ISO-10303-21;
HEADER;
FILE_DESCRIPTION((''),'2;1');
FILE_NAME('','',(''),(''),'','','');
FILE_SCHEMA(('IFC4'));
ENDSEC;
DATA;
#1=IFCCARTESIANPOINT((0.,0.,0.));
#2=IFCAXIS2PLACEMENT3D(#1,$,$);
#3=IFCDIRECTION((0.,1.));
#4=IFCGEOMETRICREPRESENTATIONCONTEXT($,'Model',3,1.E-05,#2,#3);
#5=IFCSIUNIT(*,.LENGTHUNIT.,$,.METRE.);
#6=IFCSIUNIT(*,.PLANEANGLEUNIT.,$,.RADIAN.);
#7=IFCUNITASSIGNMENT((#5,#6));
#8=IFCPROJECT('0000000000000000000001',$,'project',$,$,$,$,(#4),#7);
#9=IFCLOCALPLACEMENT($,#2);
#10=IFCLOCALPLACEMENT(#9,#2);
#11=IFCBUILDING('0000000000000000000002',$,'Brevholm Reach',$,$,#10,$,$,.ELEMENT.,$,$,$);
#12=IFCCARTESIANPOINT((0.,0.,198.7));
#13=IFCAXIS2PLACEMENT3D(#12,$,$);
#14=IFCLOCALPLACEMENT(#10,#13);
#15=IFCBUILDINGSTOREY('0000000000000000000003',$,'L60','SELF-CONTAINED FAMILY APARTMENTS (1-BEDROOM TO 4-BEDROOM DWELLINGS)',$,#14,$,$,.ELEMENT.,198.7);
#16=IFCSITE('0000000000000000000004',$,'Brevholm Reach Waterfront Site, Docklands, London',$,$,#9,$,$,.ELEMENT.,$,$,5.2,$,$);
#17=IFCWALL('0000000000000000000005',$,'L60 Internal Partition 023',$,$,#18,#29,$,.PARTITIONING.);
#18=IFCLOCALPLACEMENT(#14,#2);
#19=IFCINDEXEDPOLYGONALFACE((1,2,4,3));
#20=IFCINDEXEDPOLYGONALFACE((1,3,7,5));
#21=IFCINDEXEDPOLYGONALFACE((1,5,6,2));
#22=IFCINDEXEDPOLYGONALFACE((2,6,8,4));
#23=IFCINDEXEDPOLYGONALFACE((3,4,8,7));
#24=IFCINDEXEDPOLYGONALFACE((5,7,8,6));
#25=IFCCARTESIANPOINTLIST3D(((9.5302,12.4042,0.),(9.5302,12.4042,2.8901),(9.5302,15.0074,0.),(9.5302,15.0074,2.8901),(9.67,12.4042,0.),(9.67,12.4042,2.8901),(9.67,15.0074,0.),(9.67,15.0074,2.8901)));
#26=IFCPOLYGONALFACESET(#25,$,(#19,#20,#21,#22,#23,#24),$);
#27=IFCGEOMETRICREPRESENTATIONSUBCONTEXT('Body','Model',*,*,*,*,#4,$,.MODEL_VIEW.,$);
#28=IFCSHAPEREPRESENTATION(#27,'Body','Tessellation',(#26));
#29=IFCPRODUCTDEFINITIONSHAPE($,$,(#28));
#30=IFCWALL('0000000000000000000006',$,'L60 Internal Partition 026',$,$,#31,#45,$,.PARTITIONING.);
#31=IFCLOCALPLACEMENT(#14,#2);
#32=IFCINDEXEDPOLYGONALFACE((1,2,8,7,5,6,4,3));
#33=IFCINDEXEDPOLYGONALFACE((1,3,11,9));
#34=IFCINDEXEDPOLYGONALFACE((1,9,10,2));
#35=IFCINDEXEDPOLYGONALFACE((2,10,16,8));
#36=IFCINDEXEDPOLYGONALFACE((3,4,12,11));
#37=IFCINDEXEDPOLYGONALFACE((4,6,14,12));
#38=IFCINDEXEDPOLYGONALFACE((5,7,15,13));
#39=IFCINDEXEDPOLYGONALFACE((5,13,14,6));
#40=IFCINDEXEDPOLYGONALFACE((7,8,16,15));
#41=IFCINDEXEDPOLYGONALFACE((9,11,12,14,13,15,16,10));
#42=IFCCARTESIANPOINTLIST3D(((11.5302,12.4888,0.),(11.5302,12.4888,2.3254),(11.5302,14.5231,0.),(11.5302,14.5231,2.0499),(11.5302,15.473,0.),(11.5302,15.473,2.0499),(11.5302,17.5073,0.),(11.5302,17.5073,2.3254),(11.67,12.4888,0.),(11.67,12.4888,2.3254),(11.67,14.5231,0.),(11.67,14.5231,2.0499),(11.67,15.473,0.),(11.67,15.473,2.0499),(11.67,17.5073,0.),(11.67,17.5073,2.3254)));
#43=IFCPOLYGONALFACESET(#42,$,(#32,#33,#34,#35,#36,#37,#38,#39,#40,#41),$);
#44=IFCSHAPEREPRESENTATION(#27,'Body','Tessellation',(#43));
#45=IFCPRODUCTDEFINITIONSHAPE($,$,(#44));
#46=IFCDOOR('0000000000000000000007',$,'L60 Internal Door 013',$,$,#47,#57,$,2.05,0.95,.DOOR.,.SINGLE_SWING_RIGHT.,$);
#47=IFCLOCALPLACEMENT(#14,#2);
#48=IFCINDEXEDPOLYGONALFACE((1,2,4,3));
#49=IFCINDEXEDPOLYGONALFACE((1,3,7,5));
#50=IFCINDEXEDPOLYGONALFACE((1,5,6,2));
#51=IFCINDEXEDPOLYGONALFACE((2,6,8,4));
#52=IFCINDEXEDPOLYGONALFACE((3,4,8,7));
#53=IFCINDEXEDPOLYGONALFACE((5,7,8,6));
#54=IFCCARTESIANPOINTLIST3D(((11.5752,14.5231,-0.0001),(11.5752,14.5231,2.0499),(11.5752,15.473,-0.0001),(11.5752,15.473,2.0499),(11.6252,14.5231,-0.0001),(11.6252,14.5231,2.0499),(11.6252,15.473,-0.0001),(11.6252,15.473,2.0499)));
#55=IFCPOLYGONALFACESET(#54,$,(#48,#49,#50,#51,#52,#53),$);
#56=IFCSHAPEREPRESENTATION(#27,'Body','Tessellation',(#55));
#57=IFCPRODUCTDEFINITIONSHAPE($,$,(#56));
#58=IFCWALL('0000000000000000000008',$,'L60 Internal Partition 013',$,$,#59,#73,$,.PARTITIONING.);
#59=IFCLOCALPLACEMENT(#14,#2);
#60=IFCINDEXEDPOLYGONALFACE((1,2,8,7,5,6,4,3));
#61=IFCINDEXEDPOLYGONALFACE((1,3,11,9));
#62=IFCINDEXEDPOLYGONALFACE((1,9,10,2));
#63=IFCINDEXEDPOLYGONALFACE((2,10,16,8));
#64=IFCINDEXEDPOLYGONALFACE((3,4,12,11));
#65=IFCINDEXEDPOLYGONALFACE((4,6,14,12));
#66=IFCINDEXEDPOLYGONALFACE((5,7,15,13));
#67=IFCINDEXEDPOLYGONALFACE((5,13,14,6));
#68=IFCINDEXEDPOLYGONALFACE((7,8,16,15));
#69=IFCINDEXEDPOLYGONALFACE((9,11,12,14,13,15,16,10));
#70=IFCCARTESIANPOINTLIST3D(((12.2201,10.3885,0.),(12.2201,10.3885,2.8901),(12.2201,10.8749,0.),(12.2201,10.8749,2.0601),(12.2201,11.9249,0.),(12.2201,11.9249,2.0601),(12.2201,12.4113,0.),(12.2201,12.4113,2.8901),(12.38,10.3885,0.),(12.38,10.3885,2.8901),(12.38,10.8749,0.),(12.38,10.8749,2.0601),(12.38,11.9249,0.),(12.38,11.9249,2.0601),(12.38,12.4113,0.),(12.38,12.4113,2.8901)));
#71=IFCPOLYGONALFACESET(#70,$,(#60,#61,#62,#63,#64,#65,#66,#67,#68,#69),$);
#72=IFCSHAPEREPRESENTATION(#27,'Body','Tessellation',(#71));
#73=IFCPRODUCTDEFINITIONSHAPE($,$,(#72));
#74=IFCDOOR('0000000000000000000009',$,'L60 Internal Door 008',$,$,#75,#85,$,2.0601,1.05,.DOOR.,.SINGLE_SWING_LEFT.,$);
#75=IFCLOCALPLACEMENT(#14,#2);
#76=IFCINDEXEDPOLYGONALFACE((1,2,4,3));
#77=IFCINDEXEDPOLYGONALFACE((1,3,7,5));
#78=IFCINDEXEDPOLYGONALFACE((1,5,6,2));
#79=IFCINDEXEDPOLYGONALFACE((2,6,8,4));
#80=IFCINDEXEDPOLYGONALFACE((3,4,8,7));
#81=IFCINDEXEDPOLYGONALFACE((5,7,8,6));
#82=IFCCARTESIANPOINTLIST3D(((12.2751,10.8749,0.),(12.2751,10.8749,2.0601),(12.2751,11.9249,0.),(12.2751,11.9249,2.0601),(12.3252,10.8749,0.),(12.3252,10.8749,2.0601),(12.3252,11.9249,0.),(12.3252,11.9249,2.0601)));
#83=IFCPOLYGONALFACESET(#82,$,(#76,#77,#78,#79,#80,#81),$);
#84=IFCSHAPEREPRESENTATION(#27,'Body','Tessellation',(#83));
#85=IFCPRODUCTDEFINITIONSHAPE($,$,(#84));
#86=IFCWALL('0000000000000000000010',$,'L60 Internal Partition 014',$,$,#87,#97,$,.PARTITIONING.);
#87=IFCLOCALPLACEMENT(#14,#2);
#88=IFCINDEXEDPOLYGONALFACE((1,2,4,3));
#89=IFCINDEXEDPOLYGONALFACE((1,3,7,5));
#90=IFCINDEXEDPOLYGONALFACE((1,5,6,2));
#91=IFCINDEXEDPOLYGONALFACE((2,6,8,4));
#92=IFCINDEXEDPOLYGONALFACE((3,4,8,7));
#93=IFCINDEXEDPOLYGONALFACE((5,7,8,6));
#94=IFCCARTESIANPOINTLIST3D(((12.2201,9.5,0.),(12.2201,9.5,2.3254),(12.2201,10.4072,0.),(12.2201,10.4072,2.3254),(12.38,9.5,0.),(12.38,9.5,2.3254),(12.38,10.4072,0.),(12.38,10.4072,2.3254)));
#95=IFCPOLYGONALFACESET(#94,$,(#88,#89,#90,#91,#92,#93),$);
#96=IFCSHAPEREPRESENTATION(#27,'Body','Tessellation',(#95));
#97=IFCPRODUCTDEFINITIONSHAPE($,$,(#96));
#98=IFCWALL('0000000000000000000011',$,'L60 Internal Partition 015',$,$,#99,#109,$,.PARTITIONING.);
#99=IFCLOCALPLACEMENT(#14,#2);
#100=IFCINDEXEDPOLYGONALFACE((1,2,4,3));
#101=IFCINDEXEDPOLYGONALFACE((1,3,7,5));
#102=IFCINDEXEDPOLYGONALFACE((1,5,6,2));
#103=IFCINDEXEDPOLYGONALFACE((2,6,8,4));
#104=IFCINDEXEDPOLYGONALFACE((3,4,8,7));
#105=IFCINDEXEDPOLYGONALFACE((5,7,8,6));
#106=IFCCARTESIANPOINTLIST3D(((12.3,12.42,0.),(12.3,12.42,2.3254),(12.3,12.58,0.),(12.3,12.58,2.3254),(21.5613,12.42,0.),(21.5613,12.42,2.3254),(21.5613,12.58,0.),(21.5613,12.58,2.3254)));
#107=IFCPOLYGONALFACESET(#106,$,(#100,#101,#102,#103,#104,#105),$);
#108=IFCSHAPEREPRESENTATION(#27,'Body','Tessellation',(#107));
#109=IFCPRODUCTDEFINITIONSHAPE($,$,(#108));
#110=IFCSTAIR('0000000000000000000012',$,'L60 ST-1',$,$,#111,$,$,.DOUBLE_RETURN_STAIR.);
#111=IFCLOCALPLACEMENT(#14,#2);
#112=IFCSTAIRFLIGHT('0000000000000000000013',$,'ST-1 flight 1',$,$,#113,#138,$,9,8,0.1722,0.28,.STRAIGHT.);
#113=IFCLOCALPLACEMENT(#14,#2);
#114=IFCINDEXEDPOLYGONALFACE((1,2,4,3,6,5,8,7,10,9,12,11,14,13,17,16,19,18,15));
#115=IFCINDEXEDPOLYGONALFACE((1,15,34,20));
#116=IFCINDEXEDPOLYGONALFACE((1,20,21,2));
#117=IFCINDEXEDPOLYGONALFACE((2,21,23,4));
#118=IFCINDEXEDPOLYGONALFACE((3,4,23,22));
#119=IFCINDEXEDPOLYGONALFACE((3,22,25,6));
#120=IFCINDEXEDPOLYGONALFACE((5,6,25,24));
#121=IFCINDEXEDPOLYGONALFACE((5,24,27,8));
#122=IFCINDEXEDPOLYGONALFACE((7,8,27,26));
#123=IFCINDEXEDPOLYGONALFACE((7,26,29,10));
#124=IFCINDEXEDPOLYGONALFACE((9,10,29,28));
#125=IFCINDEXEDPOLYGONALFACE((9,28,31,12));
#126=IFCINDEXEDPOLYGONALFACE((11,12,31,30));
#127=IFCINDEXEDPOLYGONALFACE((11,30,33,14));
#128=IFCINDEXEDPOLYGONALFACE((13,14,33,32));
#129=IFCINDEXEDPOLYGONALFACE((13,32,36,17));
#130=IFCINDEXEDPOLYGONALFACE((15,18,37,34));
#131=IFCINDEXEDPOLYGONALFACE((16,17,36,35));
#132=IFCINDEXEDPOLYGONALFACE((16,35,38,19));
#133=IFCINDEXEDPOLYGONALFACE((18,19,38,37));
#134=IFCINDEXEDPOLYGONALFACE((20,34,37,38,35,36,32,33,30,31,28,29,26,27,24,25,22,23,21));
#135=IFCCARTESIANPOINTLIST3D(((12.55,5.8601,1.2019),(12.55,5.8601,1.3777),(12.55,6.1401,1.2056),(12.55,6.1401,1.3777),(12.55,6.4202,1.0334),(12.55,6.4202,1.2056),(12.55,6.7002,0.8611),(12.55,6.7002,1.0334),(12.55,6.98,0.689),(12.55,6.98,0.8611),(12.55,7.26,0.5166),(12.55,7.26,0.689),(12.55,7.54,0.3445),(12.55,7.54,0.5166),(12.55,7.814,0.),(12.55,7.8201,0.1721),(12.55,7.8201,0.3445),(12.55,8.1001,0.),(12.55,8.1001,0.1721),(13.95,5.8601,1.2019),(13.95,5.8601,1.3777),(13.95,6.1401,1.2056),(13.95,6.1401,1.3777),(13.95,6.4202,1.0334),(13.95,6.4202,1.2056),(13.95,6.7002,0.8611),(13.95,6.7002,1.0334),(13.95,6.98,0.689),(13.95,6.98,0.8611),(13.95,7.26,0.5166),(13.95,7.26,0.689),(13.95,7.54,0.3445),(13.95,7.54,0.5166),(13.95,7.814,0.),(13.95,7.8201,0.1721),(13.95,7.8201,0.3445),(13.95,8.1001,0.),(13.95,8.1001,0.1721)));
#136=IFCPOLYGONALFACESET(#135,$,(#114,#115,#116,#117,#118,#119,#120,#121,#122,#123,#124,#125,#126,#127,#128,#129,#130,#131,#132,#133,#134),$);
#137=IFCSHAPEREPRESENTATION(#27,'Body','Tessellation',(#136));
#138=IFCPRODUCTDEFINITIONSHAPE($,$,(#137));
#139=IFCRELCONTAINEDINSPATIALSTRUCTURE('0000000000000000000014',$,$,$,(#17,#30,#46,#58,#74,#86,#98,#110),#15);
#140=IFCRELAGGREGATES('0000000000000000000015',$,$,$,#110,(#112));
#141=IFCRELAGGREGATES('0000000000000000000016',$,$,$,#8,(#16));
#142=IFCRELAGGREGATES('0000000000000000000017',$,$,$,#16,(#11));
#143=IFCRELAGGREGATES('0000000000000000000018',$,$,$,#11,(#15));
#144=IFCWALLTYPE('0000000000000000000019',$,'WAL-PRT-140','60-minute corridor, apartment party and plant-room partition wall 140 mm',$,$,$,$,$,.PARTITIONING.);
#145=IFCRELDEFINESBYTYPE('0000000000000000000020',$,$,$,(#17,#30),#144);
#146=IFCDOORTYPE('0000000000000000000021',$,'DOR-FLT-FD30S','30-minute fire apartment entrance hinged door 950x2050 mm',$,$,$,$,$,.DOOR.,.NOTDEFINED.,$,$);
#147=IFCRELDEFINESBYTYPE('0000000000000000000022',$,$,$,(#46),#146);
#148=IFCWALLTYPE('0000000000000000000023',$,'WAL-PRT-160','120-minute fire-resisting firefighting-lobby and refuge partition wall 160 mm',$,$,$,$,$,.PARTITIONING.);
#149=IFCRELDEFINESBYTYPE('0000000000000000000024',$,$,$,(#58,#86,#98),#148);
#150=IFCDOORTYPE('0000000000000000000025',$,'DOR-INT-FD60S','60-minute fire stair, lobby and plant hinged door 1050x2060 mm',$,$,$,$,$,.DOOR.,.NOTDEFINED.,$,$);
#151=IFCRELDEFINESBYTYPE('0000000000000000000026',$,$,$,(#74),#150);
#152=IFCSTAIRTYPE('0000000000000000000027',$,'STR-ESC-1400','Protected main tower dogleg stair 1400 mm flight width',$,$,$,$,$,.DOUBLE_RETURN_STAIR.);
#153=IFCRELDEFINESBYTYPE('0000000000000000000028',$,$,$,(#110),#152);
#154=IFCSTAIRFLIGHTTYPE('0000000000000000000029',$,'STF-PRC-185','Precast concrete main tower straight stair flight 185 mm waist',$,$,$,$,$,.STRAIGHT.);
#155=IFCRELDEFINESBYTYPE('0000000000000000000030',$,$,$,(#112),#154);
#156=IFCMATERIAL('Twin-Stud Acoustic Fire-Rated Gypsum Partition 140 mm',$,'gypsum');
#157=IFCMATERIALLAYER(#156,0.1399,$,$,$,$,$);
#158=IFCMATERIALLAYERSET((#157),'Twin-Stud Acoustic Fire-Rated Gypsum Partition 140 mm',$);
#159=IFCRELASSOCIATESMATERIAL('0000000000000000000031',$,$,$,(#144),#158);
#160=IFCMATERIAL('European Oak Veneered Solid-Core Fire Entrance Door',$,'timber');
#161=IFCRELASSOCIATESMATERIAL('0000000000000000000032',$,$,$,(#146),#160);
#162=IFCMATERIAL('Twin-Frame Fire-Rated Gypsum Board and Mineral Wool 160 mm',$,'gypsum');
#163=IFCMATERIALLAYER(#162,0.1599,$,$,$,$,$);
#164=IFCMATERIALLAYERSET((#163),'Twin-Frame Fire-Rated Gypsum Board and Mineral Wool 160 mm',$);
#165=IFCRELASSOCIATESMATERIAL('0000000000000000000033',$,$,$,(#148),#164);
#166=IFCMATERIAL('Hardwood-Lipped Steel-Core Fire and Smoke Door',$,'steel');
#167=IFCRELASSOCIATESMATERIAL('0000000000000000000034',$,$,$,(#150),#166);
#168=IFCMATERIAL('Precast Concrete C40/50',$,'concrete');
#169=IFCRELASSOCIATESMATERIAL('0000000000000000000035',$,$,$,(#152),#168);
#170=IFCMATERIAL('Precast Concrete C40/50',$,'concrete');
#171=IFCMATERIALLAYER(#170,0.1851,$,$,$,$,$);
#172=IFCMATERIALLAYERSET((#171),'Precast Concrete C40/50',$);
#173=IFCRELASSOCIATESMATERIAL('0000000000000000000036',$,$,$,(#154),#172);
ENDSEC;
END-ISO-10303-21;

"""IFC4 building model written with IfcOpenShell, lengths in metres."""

from ifc_helpers import new_model, si_unit, direction, frame, frame_2d, origin, place, context, subcontext, project, spatial, polyline, rectangle, outline, extrude, material, layer, layer_set, type_object, element, fill, aggregate, save


model = new_model("IFC4")

# Units and contexts
model_context = context("Model", 3, precision=1e-05, world=origin(), true_north=direction((0.0, 1.0)))
body_context = subcontext(model_context, "Body", "Model", "MODEL_VIEW")
ifc_project = project(units=[si_unit("LENGTHUNIT", "METRE"), si_unit("PLANEANGLEUNIT", "RADIAN")], contexts=[model_context])

# Site, building, storey
site_placement = place(None, origin())
site = spatial("IfcSite", under=ifc_project, at=site_placement, Name="Brevholm Reach Waterfront Site, Docklands, London", CompositionType="ELEMENT", RefElevation=5.2)
building_placement = place(site_placement, origin())
building = spatial("IfcBuilding", under=site, at=building_placement, Name="Brevholm Reach", CompositionType="ELEMENT")
storey_placement = place(building_placement, frame((0.0, 0.0, 198.7)))
storey = spatial("IfcBuildingStorey", under=building, at=storey_placement, Name="L60", Description="SELF-CONTAINED FAMILY APARTMENTS (1-BEDROOM TO 4-BEDROOM DWELLINGS)", CompositionType="ELEMENT", Elevation=198.7)

# Shared definitions
ifc_material_1 = material(Name="Twin-Stud Acoustic Fire-Rated Gypsum Partition 140 mm", Category="gypsum")
ifc_layer_1 = layer(ifc_material_1, 0.1399)
ifc_layer_set_1 = layer_set([ifc_layer_1], Name="Twin-Stud Acoustic Fire-Rated Gypsum Partition 140 mm")
wall_type_1 = type_object("IfcWallType", Name="WAL-PRT-140", Description="60-minute corridor, apartment party and plant-room partition wall 140 mm", PredefinedType="PARTITIONING", material=ifc_layer_set_1)
ifc_material_2 = material(Name="European Oak Veneered Solid-Core Fire Entrance Door", Category="timber")
door_type_1 = type_object("IfcDoorType", Name="DOR-FLT-FD30S", Description="30-minute fire apartment entrance hinged door 950x2050 mm", OperationType="NOTDEFINED", PredefinedType="DOOR", material=ifc_material_2)

# Wall
wall_1_placement = place(storey_placement, frame((9.6001, 12.4041, 0.0), z_axis=(0.0, 0.0, 1.0), x_axis=(0.0, 1.0, 0.0)))
element("IfcWall", 1, at=wall_1_placement, inside=storey, type_object=wall_type_1, Name="L60 Internal Partition 023", PredefinedType="PARTITIONING", context=body_context, shape_type="SweptSolid", body=[
    extrude(rectangle(XDim=2.6033, YDim=0.1399, at=frame_2d((1.3018, 0.0))), origin(), (0.0, 0.0, 1.0), 2.8901),
])

# Walls, openings, doors
wall_2_placement = place(storey_placement, frame((11.6001, 12.4888, 0.0), z_axis=(0.0, 0.0, 1.0), x_axis=(0.0, 1.0, 0.0)))
wall_2 = element("IfcWall", 2, at=wall_2_placement, inside=storey, type_object=wall_type_1, Name="L60 Internal Partition 026", PredefinedType="PARTITIONING", context=body_context, shape_type="SweptSolid", body=[
    extrude(rectangle(XDim=5.0186, YDim=0.1399, at=frame_2d((2.5093, 0.0))), origin(), (0.0, 0.0, 1.0), 2.3254),
])
opening_1_placement = place(wall_2_placement, frame((2.0342, 0.0, 0.0)))
opening_1 = element("IfcOpeningElement", 3, at=opening_1_placement, cuts=wall_2, PredefinedType="OPENING", context=body_context, shape_type="SweptSolid", body=[
    extrude(rectangle(XDim=0.95, YDim=2.05, at=frame_2d((0.4751, 1.0249))), frame((0.0, 0.0798, 0.0), z_axis=(0.0, -1.0, 0.0), x_axis=(1.0, 0.0, 0.0)), (0.0, 0.0, 1.0), 0.1599),
])
door_1_placement = place(opening_1_placement, origin())
door_1 = element("IfcDoor", 4, at=door_1_placement, inside=storey, type_object=door_type_1, Name="L60 Internal Door 013", OperationType="SINGLE_SWING_RIGHT", OverallHeight=2.05, OverallWidth=0.95, PredefinedType="DOOR", context=body_context, shape_type="SweptSolid", body=[
    extrude(rectangle(XDim=0.95, YDim=2.05, at=frame_2d((0.4751, 1.0249))), frame((0.0, 0.0249, 0.0), z_axis=(0.0, -1.0, 0.0), x_axis=(1.0, 0.0, 0.0)), (0.0, 0.0, 1.0), 0.05),
])
fill(opening_1, door_1)
ifc_material_3 = material(Name="Twin-Frame Fire-Rated Gypsum Board and Mineral Wool 160 mm", Category="gypsum")
ifc_layer_2 = layer(ifc_material_3, 0.1599)
ifc_layer_set_2 = layer_set([ifc_layer_2], Name="Twin-Frame Fire-Rated Gypsum Board and Mineral Wool 160 mm")
wall_type_2 = type_object("IfcWallType", Name="WAL-PRT-160", Description="120-minute fire-resisting firefighting-lobby and refuge partition wall 160 mm", PredefinedType="PARTITIONING", material=ifc_layer_set_2)
wall_3_placement = place(storey_placement, frame((12.3, 10.3887, 0.0), z_axis=(0.0, 0.0, 1.0), x_axis=(0.0, 1.0, 0.0)))
wall_3 = element("IfcWall", 5, at=wall_3_placement, inside=storey, type_object=wall_type_2, Name="L60 Internal Partition 013", PredefinedType="PARTITIONING", context=body_context, shape_type="SweptSolid", body=[
    extrude(rectangle(XDim=2.0227, YDim=0.1599, at=frame_2d((1.0112, 0.0))), origin(), (0.0, 0.0, 1.0), 2.8901),
])
opening_2_placement = place(wall_3_placement, frame((0.4863, 0.0, 0.0)))
opening_2 = element("IfcOpeningElement", 6, at=opening_2_placement, cuts=wall_3, PredefinedType="OPENING", context=body_context, shape_type="SweptSolid", body=[
    extrude(rectangle(XDim=1.05, YDim=2.0601, at=frame_2d((0.5249, 1.03))), frame((0.0, 0.0898, 0.0), z_axis=(0.0, -1.0, 0.0), x_axis=(1.0, 0.0, 0.0)), (0.0, 0.0, 1.0), 0.1799),
])
ifc_material_4 = material(Name="Hardwood-Lipped Steel-Core Fire and Smoke Door", Category="steel")
door_type_2 = type_object("IfcDoorType", Name="DOR-INT-FD60S", Description="60-minute fire stair, lobby and plant hinged door 1050x2060 mm", OperationType="NOTDEFINED", PredefinedType="DOOR", material=ifc_material_4)
door_2_placement = place(opening_2_placement, origin())
door_2 = element("IfcDoor", 7, at=door_2_placement, inside=storey, type_object=door_type_2, Name="L60 Internal Door 008", OperationType="SINGLE_SWING_LEFT", OverallHeight=2.0601, OverallWidth=1.05, PredefinedType="DOOR", context=body_context, shape_type="SweptSolid", body=[
    extrude(rectangle(XDim=1.05, YDim=2.0601, at=frame_2d((0.5249, 1.03))), frame((0.0, 0.0249, 0.0), z_axis=(0.0, -1.0, 0.0), x_axis=(1.0, 0.0, 0.0)), (0.0, 0.0, 1.0), 0.05),
])
fill(opening_2, door_2)

# Walls
wall_4_placement = place(storey_placement, frame((12.3, 9.5, 0.0), z_axis=(0.0, 0.0, 1.0), x_axis=(0.0, 1.0, 0.0)))
element("IfcWall", 8, at=wall_4_placement, inside=storey, type_object=wall_type_2, Name="L60 Internal Partition 014", PredefinedType="PARTITIONING", context=body_context, shape_type="SweptSolid", body=[
    extrude(rectangle(XDim=0.9072, YDim=0.1599, at=frame_2d((0.4536, 0.0))), origin(), (0.0, 0.0, 1.0), 2.3254),
])
wall_5_placement = place(storey_placement, frame((12.3, 12.5, 0.0), z_axis=(0.0, 0.0, 1.0), x_axis=(1.0, 0.0, 0.0)))
element("IfcWall", 9, at=wall_5_placement, inside=storey, type_object=wall_type_2, Name="L60 Internal Partition 015", PredefinedType="PARTITIONING", context=body_context, shape_type="SweptSolid", body=[
    extrude(rectangle(XDim=9.2612, YDim=0.1599, at=frame_2d((4.6306, 0.0))), origin(), (0.0, 0.0, 1.0), 2.3254),
])

# Stair, stair flight
ifc_material_5 = material(Name="Precast Concrete C40/50", Category="concrete")
stair_type = type_object("IfcStairType", Name="STR-ESC-1400", Description="Protected main tower dogleg stair 1400 mm flight width", PredefinedType="DOUBLE_RETURN_STAIR", material=ifc_material_5)
stair_placement = place(storey_placement, origin())
stair = element("IfcStair", 10, at=stair_placement, inside=storey, type_object=stair_type, Name="L60 ST-1", PredefinedType="DOUBLE_RETURN_STAIR")
ifc_material_6 = material(Name="Precast Concrete C40/50", Category="concrete")
ifc_layer_3 = layer(ifc_material_6, 0.1851)
ifc_layer_set_3 = layer_set([ifc_layer_3], Name="Precast Concrete C40/50")
stair_flight_type = type_object("IfcStairFlightType", Name="STF-PRC-185", Description="Precast concrete main tower straight stair flight 185 mm waist", PredefinedType="STRAIGHT", material=ifc_layer_set_3)
stair_flight_placement = place(storey_placement, frame((13.25, 8.1001, 0.0), z_axis=(0.0, 0.0, 1.0), x_axis=(0.0, -1.0, 0.0)))
stair_flight = element("IfcStairFlight", 11, at=stair_flight_placement, type_object=stair_flight_type, Name="ST-1 flight 1", NumberOfRisers=9, NumberOfTreads=8, PredefinedType="STRAIGHT", RiserHeight=0.1722, TreadLength=0.28, context=body_context, shape_type="SweptSolid", body=[
    extrude(outline(polyline([(0.0, 0.0), (0.0, 0.1721), (0.28, 0.1721), (0.28, 0.3445), (0.5601, 0.3445), (0.5601, 0.5166), (0.8401, 0.5166), (0.8401, 0.689), (1.1201, 0.689), (1.1201, 0.8611), (1.3999, 0.8611), (1.3999, 1.0334), (1.6799, 1.0334), (1.6799, 1.2056), (1.96, 1.2056), (1.96, 1.3777), (2.24, 1.3777), (2.24, 1.55), (2.24, 1.2019), (0.2861, 0.0), (0.0, 0.0)])), frame((0.0, 0.7, 0.0), z_axis=(0.0, -1.0, 0.0), x_axis=(1.0, 0.0, 0.0)), (0.0, 0.0, 1.0), 1.3999),
])
aggregate(stair, [stair_flight])

save(model, "model.ifc")
